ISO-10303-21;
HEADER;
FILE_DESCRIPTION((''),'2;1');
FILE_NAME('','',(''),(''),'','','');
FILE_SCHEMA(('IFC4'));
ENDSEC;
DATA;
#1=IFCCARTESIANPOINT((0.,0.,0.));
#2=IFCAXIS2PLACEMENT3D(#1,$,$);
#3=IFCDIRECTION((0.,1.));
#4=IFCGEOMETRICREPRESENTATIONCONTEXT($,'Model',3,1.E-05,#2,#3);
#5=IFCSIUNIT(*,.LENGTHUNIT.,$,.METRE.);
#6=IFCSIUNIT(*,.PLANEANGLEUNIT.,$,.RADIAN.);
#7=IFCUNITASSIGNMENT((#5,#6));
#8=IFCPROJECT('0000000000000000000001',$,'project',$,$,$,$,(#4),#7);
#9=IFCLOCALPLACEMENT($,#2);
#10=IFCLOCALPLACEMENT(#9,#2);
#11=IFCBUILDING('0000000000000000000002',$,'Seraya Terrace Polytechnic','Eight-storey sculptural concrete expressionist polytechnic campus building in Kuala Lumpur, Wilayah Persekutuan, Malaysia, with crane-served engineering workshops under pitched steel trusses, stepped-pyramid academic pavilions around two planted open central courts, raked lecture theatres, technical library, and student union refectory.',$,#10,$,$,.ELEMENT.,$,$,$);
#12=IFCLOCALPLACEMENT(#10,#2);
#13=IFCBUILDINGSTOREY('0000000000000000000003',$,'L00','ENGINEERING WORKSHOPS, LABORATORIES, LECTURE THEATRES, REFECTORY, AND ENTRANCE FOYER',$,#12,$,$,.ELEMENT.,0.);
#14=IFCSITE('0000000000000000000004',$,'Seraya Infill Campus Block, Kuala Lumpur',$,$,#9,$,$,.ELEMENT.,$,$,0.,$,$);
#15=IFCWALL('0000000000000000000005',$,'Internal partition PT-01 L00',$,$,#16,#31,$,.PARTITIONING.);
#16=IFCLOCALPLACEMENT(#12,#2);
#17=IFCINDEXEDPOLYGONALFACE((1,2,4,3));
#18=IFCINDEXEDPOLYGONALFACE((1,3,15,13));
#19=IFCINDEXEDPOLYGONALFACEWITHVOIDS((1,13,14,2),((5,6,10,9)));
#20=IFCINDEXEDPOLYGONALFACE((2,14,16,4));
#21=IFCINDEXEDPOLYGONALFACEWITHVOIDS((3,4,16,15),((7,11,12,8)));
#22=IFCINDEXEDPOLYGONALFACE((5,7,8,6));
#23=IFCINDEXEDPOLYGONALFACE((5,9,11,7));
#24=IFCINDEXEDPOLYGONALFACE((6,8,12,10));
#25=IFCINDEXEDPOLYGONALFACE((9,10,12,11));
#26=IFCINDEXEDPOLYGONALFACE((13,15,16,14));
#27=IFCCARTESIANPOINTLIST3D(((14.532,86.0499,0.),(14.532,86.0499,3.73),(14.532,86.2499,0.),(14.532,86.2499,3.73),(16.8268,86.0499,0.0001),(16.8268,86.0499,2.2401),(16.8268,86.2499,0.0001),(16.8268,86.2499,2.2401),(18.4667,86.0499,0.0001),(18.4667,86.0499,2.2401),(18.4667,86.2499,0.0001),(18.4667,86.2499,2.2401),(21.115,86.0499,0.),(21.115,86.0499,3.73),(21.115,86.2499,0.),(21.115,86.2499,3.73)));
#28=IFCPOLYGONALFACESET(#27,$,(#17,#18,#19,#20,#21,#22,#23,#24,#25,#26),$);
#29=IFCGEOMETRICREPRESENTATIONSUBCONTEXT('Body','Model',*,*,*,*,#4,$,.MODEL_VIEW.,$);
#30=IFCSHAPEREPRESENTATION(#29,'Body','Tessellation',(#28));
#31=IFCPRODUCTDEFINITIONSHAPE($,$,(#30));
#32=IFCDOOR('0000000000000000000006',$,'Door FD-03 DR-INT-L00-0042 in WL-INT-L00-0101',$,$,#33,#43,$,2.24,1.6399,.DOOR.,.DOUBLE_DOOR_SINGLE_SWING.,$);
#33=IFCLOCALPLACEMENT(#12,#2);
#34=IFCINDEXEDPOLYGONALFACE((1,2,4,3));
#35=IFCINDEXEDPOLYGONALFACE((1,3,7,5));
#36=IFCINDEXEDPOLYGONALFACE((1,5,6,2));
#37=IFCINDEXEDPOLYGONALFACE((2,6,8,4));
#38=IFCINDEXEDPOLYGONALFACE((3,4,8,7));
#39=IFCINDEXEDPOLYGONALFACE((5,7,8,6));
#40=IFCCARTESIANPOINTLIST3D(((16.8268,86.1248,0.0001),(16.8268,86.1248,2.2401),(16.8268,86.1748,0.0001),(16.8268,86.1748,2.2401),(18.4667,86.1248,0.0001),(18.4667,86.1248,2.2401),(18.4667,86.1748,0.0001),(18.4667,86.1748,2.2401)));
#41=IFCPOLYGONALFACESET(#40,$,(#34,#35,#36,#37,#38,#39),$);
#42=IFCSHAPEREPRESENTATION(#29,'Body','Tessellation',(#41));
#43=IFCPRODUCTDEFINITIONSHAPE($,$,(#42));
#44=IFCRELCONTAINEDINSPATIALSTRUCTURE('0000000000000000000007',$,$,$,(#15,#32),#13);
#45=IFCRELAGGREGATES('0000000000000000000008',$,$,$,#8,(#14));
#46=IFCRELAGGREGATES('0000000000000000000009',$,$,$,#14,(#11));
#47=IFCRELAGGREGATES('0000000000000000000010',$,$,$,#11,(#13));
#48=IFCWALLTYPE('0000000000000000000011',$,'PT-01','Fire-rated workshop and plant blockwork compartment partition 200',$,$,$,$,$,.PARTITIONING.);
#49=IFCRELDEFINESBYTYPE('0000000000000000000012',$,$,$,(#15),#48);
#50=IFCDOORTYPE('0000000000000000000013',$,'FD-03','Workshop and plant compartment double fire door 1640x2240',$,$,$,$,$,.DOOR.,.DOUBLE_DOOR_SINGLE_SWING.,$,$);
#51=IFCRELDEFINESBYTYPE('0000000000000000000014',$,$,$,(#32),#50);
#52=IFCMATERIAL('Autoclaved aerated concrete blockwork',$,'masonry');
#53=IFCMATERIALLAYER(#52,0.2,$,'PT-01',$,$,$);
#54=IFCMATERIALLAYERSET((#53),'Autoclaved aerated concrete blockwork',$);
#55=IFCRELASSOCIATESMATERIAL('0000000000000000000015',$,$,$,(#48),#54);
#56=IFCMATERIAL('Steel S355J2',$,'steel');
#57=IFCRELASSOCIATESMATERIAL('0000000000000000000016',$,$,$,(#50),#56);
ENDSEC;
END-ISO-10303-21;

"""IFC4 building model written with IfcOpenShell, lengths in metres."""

from ifc_helpers import new_model, si_unit, direction, frame, frame_2d, origin, place, context, subcontext, project, spatial, rectangle, extrude, material, layer, layer_set, type_object, element, fill, save


model = new_model("IFC4")

# Units and contexts
model_context = context("Model", 3, precision=1e-05, world=origin(), true_north=direction((0.0, 1.0)))
body_context = subcontext(model_context, "Body", "Model", "MODEL_VIEW")
ifc_project = project(units=[si_unit("LENGTHUNIT", "METRE"), si_unit("PLANEANGLEUNIT", "RADIAN")], contexts=[model_context])

# Site, building, storey
site_placement = place(None, origin())
site = spatial("IfcSite", under=ifc_project, at=site_placement, Name="Seraya Infill Campus Block, Kuala Lumpur", CompositionType="ELEMENT", RefElevation=0.0)
building_placement = place(site_placement, origin())
building = spatial("IfcBuilding", under=site, at=building_placement, Name="Seraya Terrace Polytechnic", Description="Eight-storey sculptural concrete expressionist polytechnic campus building in Kuala Lumpur, Wilayah Persekutuan, Malaysia, with crane-served engineering workshops under pitched steel trusses, stepped-pyramid academic pavilions around two planted open central courts, raked lecture theatres, technical library, and student union refectory.", CompositionType="ELEMENT")
storey_placement = place(building_placement, origin())
storey = spatial("IfcBuildingStorey", under=building, at=storey_placement, Name="L00", Description="ENGINEERING WORKSHOPS, LABORATORIES, LECTURE THEATRES, REFECTORY, AND ENTRANCE FOYER", CompositionType="ELEMENT", Elevation=0.0)

# Shared definitions
ifc_material_1 = material(Name="Steel S355J2", Category="steel")

# Wall, opening, door
ifc_material_2 = material(Name="Autoclaved aerated concrete blockwork", Category="masonry")
ifc_layer_1 = layer(ifc_material_2, 0.2, Name="PT-01")
ifc_layer_set_1 = layer_set([ifc_layer_1], Name="Autoclaved aerated concrete blockwork")
wall_type_1 = type_object("IfcWallType", Name="PT-01", Description="Fire-rated workshop and plant blockwork compartment partition 200", PredefinedType="PARTITIONING", material=ifc_layer_set_1)
wall_1_placement = place(storey_placement, frame((14.532, 86.1499, 0.0), z_axis=(0.0, 0.0, 1.0), x_axis=(1.0, 0.0, 0.0)))
wall_1 = element("IfcWall", 1, at=wall_1_placement, inside=storey, type_object=wall_type_1, Name="Internal partition PT-01 L00", PredefinedType="PARTITIONING", context=body_context, shape_type="SweptSolid", body=[
    extrude(rectangle(XDim=6.583, YDim=0.2, at=frame_2d((3.2915, 0.0))), origin(), (0.0, 0.0, 1.0), 3.73),
])
opening_1_placement = place(wall_1_placement, frame((2.2949, 0.0, 0.0)))
opening_1 = element("IfcOpeningElement", 2, at=opening_1_placement, cuts=wall_1, PredefinedType="OPENING", context=body_context, shape_type="SweptSolid", body=[
    extrude(rectangle(XDim=1.6399, YDim=2.24, at=frame_2d((0.8198, 1.1201))), frame((0.0, 0.1118, 0.0), z_axis=(0.0, -1.0, 0.0), x_axis=(1.0, 0.0, 0.0)), (0.0, 0.0, 1.0), 0.2239),
])
door_type_1 = type_object("IfcDoorType", Name="FD-03", Description="Workshop and plant compartment double fire door 1640x2240", OperationType="DOUBLE_DOOR_SINGLE_SWING", PredefinedType="DOOR", material=ifc_material_1)
door_1_placement = place(opening_1_placement, origin())
door_1 = element("IfcDoor", 3, at=door_1_placement, inside=storey, type_object=door_type_1, Name="Door FD-03 DR-INT-L00-0042 in WL-INT-L00-0101", OperationType="DOUBLE_DOOR_SINGLE_SWING", OverallHeight=2.24, OverallWidth=1.6399, PredefinedType="DOOR", context=body_context, shape_type="SweptSolid", body=[
    extrude(rectangle(XDim=1.6399, YDim=2.24, at=frame_2d((0.8198, 1.1201))), frame((0.0, 0.0249, 0.0), z_axis=(0.0, -1.0, 0.0), x_axis=(1.0, 0.0, 0.0)), (0.0, 0.0, 1.0), 0.05),
])
fill(opening_1, door_1)

save(model, "model.ifc")
